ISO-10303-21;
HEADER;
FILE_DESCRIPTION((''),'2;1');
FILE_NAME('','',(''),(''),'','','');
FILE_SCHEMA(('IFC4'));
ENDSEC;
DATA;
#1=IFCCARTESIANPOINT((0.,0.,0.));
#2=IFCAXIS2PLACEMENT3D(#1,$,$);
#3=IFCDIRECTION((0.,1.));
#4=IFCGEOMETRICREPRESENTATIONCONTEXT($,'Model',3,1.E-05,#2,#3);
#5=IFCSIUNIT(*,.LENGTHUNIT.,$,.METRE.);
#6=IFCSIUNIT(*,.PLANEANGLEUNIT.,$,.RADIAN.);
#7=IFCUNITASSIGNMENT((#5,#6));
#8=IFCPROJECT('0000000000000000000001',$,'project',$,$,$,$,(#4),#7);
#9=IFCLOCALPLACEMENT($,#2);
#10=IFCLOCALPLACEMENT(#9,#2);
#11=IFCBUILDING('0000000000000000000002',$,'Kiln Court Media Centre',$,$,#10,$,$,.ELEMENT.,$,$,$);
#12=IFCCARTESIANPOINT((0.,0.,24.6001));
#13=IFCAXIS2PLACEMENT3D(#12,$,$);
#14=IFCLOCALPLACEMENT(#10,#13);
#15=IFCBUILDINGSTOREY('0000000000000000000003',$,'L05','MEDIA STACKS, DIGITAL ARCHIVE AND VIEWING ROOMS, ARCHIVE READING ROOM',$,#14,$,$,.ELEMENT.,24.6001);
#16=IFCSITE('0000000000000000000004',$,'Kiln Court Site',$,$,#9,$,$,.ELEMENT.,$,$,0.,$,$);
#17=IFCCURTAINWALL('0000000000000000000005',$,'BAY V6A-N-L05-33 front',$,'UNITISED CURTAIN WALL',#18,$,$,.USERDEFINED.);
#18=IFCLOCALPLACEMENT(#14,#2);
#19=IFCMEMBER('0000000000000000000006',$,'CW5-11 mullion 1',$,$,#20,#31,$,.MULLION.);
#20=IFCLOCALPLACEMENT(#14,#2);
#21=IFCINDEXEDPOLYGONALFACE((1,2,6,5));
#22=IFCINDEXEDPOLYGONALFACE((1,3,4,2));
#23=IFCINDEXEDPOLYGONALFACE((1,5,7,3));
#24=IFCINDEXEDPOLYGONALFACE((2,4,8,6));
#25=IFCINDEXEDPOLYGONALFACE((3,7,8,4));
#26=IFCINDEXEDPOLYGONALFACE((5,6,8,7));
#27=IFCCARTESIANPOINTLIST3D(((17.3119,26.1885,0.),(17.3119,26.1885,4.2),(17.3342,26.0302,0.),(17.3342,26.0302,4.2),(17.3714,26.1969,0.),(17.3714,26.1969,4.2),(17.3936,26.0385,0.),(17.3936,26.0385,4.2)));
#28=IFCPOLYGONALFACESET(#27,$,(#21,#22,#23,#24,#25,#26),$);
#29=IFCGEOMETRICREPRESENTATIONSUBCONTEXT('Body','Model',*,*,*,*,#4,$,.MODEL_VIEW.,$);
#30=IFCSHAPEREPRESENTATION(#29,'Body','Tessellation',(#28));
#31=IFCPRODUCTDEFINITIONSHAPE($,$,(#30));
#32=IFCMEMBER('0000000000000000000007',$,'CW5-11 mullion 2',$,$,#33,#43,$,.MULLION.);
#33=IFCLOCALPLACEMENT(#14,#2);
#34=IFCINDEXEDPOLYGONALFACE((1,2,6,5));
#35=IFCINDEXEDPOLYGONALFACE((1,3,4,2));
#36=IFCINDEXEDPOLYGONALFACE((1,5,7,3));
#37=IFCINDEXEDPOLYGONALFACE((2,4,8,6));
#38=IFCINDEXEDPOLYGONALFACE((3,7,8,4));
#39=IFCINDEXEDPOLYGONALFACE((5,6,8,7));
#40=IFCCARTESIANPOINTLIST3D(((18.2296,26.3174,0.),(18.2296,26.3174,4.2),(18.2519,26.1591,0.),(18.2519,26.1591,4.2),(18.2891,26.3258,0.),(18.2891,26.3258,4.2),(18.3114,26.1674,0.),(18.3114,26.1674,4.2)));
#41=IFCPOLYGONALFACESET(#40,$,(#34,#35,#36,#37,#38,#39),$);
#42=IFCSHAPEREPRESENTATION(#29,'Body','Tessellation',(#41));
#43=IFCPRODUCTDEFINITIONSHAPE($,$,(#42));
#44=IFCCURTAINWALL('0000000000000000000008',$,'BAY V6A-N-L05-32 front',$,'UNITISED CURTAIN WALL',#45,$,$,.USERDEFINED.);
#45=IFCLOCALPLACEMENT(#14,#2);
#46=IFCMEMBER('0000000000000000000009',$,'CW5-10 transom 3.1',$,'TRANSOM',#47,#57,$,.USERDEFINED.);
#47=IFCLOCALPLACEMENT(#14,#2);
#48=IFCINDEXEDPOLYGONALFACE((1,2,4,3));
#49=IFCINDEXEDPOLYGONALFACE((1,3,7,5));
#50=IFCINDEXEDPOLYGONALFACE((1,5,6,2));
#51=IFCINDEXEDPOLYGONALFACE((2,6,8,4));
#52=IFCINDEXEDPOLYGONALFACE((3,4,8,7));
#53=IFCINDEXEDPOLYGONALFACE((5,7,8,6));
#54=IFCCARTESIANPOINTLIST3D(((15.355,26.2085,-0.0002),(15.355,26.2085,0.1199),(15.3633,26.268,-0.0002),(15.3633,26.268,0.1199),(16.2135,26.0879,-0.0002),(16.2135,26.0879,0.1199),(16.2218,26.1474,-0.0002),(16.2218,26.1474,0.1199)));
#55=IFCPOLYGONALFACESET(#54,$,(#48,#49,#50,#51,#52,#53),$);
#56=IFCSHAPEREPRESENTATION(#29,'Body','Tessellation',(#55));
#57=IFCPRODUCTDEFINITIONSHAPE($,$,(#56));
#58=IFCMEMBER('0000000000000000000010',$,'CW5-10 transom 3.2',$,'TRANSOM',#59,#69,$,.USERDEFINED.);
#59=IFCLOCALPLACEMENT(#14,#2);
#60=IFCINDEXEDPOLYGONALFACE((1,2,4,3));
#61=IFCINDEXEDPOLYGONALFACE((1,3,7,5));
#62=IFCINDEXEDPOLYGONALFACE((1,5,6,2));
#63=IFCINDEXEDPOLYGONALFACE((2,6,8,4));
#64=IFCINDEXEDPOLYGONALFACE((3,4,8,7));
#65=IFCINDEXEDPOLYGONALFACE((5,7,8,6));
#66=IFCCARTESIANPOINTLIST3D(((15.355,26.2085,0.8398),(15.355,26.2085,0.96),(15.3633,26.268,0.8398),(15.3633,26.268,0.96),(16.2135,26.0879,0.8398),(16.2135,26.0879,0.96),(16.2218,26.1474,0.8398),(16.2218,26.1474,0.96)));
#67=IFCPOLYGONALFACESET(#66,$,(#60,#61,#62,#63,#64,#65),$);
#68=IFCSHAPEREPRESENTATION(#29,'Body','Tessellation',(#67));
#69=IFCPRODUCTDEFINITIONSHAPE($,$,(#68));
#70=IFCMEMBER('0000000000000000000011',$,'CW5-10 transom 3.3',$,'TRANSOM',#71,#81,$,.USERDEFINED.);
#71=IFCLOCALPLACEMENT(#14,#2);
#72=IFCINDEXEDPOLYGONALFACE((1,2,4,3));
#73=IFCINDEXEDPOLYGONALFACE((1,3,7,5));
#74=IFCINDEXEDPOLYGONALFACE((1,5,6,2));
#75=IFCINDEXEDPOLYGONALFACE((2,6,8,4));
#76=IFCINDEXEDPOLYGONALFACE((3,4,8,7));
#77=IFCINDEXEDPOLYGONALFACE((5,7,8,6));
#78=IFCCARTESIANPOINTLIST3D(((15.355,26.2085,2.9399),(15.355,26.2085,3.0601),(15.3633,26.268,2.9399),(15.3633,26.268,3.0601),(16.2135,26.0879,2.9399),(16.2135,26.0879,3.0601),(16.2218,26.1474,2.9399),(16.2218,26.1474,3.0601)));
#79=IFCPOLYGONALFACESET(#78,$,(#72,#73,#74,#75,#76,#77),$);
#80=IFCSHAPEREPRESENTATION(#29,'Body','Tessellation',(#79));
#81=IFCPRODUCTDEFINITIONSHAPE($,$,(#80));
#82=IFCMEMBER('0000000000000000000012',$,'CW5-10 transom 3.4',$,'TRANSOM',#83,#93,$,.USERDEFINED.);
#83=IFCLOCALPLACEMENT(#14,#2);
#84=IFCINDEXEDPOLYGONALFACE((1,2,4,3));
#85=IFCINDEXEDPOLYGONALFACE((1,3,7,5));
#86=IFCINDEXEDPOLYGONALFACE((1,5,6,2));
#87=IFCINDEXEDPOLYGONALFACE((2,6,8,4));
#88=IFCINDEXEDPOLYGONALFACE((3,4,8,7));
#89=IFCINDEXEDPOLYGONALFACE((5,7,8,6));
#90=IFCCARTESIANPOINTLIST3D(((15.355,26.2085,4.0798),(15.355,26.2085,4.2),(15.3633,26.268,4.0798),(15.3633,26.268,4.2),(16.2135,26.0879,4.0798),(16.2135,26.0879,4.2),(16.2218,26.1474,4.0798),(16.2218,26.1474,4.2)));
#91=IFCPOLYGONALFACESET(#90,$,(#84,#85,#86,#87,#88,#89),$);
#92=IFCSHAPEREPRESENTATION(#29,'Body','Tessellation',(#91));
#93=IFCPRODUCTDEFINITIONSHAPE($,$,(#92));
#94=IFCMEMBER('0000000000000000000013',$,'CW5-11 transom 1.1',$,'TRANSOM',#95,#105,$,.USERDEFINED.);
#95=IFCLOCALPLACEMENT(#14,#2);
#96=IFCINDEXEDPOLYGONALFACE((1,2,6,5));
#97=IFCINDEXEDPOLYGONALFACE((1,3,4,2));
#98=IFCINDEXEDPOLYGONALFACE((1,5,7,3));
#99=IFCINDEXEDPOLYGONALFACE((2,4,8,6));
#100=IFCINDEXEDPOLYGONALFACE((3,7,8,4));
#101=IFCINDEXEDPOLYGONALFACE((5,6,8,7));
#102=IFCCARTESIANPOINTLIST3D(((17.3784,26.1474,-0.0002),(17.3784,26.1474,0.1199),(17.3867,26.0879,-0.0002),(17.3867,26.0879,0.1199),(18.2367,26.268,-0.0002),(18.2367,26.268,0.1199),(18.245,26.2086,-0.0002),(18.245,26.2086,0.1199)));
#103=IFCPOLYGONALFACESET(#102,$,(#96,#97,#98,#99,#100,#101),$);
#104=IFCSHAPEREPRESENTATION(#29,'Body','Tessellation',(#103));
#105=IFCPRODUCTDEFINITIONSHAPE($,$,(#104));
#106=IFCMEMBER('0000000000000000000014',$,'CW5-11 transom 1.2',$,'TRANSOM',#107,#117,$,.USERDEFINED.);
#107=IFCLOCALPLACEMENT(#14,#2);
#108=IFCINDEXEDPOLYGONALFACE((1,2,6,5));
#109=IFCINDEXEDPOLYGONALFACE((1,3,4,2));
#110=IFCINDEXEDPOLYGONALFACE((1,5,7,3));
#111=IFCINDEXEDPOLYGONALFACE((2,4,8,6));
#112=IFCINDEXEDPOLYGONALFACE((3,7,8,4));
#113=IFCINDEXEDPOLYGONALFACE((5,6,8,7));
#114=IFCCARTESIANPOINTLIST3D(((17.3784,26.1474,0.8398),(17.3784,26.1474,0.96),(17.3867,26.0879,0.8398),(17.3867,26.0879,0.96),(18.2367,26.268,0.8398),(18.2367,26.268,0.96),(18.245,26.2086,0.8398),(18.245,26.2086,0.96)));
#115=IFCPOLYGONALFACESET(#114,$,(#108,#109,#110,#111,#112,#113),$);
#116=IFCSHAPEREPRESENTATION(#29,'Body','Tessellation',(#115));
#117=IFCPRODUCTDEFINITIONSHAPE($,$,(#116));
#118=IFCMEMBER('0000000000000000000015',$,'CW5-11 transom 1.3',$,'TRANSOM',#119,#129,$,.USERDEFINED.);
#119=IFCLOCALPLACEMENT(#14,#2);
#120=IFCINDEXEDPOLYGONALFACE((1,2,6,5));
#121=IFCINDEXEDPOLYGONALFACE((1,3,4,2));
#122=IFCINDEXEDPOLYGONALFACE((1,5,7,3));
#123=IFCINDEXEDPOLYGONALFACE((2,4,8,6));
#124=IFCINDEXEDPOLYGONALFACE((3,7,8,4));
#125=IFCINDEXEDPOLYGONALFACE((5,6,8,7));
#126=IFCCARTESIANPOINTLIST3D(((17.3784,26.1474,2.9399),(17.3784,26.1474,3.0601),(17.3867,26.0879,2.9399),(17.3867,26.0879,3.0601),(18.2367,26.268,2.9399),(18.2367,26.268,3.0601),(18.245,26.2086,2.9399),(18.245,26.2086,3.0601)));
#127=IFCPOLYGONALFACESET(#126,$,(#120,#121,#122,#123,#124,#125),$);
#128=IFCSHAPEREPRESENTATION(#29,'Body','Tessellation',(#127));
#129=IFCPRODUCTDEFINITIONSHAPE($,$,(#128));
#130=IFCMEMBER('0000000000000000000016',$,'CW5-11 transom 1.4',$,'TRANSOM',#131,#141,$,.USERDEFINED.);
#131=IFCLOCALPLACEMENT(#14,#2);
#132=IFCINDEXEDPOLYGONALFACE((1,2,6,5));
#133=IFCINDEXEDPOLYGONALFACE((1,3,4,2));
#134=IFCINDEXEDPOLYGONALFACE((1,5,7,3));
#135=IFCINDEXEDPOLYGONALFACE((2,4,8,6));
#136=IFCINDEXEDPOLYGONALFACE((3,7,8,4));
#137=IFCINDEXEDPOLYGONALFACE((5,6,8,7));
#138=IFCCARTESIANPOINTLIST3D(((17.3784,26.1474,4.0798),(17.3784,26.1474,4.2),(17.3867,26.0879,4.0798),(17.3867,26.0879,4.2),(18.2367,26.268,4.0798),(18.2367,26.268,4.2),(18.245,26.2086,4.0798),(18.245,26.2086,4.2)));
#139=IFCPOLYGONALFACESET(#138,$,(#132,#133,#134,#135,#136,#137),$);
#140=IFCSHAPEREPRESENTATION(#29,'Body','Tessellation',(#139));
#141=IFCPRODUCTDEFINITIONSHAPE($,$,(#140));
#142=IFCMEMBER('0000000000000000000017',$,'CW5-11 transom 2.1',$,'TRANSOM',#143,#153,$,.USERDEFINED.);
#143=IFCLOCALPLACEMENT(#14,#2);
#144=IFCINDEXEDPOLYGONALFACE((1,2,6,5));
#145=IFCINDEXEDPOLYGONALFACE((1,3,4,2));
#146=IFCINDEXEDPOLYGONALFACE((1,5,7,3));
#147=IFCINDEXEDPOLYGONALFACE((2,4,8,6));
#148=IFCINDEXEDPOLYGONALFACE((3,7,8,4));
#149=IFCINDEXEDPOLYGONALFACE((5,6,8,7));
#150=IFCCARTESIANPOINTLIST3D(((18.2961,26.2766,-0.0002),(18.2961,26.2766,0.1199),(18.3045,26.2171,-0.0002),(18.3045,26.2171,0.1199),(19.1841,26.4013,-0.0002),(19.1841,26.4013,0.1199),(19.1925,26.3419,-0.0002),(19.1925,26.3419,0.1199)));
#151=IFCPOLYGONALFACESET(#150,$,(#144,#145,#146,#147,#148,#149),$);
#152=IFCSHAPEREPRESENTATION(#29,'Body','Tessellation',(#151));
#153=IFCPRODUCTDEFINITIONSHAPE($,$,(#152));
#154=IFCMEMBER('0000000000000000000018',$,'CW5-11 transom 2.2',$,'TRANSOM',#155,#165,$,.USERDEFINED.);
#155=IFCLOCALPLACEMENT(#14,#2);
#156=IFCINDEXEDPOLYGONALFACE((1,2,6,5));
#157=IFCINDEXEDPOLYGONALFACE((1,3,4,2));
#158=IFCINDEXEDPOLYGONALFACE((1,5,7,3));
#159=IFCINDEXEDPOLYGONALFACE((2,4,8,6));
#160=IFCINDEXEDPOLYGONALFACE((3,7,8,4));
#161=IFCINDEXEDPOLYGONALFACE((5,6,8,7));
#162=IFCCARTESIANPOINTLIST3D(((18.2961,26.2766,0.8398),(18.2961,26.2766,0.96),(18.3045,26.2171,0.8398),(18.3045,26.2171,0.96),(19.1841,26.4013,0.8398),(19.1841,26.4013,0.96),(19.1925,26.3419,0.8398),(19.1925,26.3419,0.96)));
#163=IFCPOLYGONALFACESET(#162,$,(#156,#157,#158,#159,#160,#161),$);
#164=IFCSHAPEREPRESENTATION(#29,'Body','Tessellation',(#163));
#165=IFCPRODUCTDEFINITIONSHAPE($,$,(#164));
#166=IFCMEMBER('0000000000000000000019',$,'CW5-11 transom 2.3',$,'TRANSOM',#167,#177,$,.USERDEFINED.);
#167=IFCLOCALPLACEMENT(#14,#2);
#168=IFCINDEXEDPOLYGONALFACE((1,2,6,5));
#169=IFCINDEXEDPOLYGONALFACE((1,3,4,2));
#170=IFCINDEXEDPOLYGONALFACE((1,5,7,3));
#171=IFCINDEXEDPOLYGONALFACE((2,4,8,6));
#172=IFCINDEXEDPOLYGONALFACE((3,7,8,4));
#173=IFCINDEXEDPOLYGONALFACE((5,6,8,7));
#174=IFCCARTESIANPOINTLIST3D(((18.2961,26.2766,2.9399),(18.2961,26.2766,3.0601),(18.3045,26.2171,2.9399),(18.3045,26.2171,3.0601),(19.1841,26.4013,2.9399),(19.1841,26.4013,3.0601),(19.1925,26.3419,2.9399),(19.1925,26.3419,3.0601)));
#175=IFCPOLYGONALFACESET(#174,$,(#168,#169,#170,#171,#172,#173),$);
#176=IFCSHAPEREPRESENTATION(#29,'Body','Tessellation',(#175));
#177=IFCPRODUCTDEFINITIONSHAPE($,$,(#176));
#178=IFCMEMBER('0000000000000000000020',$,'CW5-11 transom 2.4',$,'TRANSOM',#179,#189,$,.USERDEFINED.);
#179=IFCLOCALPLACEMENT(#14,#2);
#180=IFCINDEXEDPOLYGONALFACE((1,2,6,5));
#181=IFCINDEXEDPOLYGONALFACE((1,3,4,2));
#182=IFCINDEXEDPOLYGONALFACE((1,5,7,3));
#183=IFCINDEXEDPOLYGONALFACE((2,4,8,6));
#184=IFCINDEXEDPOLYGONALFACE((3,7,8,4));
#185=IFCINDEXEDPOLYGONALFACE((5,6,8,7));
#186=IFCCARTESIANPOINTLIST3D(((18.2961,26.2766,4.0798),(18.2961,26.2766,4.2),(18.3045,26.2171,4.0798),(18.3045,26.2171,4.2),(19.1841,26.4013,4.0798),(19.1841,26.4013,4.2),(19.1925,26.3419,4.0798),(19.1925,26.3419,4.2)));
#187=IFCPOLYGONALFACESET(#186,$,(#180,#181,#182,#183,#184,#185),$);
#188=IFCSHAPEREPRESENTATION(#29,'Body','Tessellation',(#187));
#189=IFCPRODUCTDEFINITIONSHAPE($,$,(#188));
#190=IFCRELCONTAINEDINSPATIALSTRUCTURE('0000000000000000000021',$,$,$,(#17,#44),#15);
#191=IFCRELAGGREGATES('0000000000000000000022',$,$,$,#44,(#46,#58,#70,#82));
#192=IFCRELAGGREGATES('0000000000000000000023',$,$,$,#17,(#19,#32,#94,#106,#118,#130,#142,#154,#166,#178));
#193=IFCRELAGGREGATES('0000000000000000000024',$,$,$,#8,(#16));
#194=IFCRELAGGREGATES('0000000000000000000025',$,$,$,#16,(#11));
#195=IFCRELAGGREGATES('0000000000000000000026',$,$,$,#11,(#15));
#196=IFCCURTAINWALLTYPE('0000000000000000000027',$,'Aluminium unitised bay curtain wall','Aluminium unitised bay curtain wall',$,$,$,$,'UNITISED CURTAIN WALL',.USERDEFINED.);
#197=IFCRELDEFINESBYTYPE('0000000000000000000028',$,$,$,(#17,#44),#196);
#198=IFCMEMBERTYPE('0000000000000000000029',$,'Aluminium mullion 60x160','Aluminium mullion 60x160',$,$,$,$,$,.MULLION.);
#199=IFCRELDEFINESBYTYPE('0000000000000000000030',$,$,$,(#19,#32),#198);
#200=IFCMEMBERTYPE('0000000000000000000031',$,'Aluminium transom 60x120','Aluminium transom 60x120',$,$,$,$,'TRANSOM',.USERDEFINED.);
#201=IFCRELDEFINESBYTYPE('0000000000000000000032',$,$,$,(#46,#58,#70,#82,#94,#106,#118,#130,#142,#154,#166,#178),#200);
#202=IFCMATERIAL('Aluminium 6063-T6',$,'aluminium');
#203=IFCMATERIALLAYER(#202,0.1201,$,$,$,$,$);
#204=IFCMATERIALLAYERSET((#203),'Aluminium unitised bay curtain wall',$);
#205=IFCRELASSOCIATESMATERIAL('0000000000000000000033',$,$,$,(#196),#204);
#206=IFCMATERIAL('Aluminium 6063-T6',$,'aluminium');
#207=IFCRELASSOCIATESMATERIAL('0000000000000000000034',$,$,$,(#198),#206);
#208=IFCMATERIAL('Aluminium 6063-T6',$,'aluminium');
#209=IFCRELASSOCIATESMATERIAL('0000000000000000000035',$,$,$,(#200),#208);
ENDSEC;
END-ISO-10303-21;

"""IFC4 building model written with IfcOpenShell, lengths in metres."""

from ifc_helpers import new_model, si_unit, direction, frame, origin, origin_2d, place, context, subcontext, project, spatial, rectangle, extrude, material, layer, layer_set, material_profile, profile_set, type_object, element, aggregate, save


model = new_model("IFC4")

# Units and contexts
model_context = context("Model", 3, precision=1e-05, world=origin(), true_north=direction((0.0, 1.0)))
body_context = subcontext(model_context, "Body", "Model", "MODEL_VIEW")
ifc_project = project(units=[si_unit("LENGTHUNIT", "METRE"), si_unit("PLANEANGLEUNIT", "RADIAN")], contexts=[model_context])

# Site, building, storey
site_placement = place(None, origin())
site = spatial("IfcSite", under=ifc_project, at=site_placement, Name="Kiln Court Site", CompositionType="ELEMENT", RefElevation=0.0)
building_placement = place(site_placement, origin())
building = spatial("IfcBuilding", under=site, at=building_placement, Name="Kiln Court Media Centre", CompositionType="ELEMENT")
storey_placement = place(building_placement, frame((0.0, 0.0, 24.6001)))
storey = spatial("IfcBuildingStorey", under=building, at=storey_placement, Name="L05", Description="MEDIA STACKS, DIGITAL ARCHIVE AND VIEWING ROOMS, ARCHIVE READING ROOM", CompositionType="ELEMENT", Elevation=24.6001)

# Curtain walls, members
ifc_material_1 = material(Name="Aluminium 6063-T6", Category="aluminium")
ifc_layer_1 = layer(ifc_material_1, 0.1201)
ifc_layer_set_1 = layer_set([ifc_layer_1], Name="Aluminium unitised bay curtain wall")
curtain_wall_type = type_object("IfcCurtainWallType", Name="Aluminium unitised bay curtain wall", Description="Aluminium unitised bay curtain wall", ElementType="UNITISED CURTAIN WALL", PredefinedType="USERDEFINED", material=ifc_layer_set_1)
curtain_wall_1_placement = place(storey_placement, origin())
curtain_wall_1 = element("IfcCurtainWall", 1, at=curtain_wall_1_placement, inside=storey, type_object=curtain_wall_type, Name="BAY V6A-N-L05-33 front", ObjectType="UNITISED CURTAIN WALL", PredefinedType="USERDEFINED")
ifc_material_2 = material(Name="Aluminium 6063-T6", Category="aluminium")
ifc_material_profile_1 = material_profile(ifc_material_2, rectangle(XDim=0.0601, YDim=0.1599, at=origin_2d()), Name="Aluminium mullion 60x160")
ifc_profile_set_1 = profile_set([ifc_material_profile_1], Name="Aluminium 6063-T6")
member_type_1 = type_object("IfcMemberType", Name="Aluminium mullion 60x160", Description="Aluminium mullion 60x160", PredefinedType="MULLION", material=ifc_profile_set_1)
member_1_placement = place(storey_placement, frame((17.3528, 26.1135, 0.0), z_axis=(0.0, 0.0, 1.0), x_axis=(0.99027, 0.139162, 0.0)))
member_1 = element("IfcMember", 2, at=member_1_placement, type_object=member_type_1, Name="CW5-11 mullion 1", PredefinedType="MULLION", context=body_context, shape_type="SweptSolid", body=[
    extrude(rectangle(XDim=0.0601, YDim=0.1599, at=origin_2d()), origin(), (0.0, 0.0, 1.0), 4.2),
])
member_2_placement = place(storey_placement, frame((18.2705, 26.2424, 0.0), z_axis=(0.0, 0.0, 1.0), x_axis=(0.99027, 0.139162, 0.0)))
member_2 = element("IfcMember", 3, at=member_2_placement, type_object=member_type_1, Name="CW5-11 mullion 2", PredefinedType="MULLION", context=body_context, shape_type="SweptSolid", body=[
    extrude(rectangle(XDim=0.0601, YDim=0.1599, at=origin_2d()), origin(), (0.0, 0.0, 1.0), 4.2),
])
curtain_wall_2_placement = place(storey_placement, origin())
curtain_wall_2 = element("IfcCurtainWall", 4, at=curtain_wall_2_placement, inside=storey, type_object=curtain_wall_type, Name="BAY V6A-N-L05-32 front", ObjectType="UNITISED CURTAIN WALL", PredefinedType="USERDEFINED")
ifc_material_3 = material(Name="Aluminium 6063-T6", Category="aluminium")
ifc_material_profile_2 = material_profile(ifc_material_3, rectangle(XDim=0.0601, YDim=0.1201, at=origin_2d()), Name="Aluminium transom 60x120")
ifc_profile_set_2 = profile_set([ifc_material_profile_2], Name="Aluminium 6063-T6")
member_type_2 = type_object("IfcMemberType", Name="Aluminium transom 60x120", Description="Aluminium transom 60x120", ElementType="TRANSOM", PredefinedType="USERDEFINED", material=ifc_profile_set_2)
member_3_placement = place(storey_placement, frame((15.3591, 26.2383, 0.0598), z_axis=(0.990274, -0.139134, 0.0), x_axis=(0.139134, 0.990274, 0.0)))
member_3 = element("IfcMember", 5, at=member_3_placement, type_object=member_type_2, Name="CW5-10 transom 3.1", ObjectType="TRANSOM", PredefinedType="USERDEFINED", context=body_context, shape_type="SweptSolid", body=[
    extrude(rectangle(XDim=0.0601, YDim=0.1201, at=origin_2d()), origin(), (0.0, 0.0, 1.0), 0.8669),
])
member_4_placement = place(storey_placement, frame((15.3591, 26.2383, 0.8999), z_axis=(0.990274, -0.139134, 0.0), x_axis=(0.139134, 0.990274, 0.0)))
member_4 = element("IfcMember", 6, at=member_4_placement, type_object=member_type_2, Name="CW5-10 transom 3.2", ObjectType="TRANSOM", PredefinedType="USERDEFINED", context=body_context, shape_type="SweptSolid", body=[
    extrude(rectangle(XDim=0.0601, YDim=0.1201, at=origin_2d()), origin(), (0.0, 0.0, 1.0), 0.8669),
])
member_5_placement = place(storey_placement, frame((15.3591, 26.2383, 3.0), z_axis=(0.990274, -0.139134, 0.0), x_axis=(0.139134, 0.990274, 0.0)))
member_5 = element("IfcMember", 7, at=member_5_placement, type_object=member_type_2, Name="CW5-10 transom 3.3", ObjectType="TRANSOM", PredefinedType="USERDEFINED", context=body_context, shape_type="SweptSolid", body=[
    extrude(rectangle(XDim=0.0601, YDim=0.1201, at=origin_2d()), origin(), (0.0, 0.0, 1.0), 0.8669),
])
member_6_placement = place(storey_placement, frame((15.3591, 26.2383, 4.1399), z_axis=(0.990274, -0.139134, 0.0), x_axis=(0.139134, 0.990274, 0.0)))
member_6 = element("IfcMember", 8, at=member_6_placement, type_object=member_type_2, Name="CW5-10 transom 3.4", ObjectType="TRANSOM", PredefinedType="USERDEFINED", context=body_context, shape_type="SweptSolid", body=[
    extrude(rectangle(XDim=0.0601, YDim=0.1201, at=origin_2d()), origin(), (0.0, 0.0, 1.0), 0.8669),
])

# Members
member_7_placement = place(storey_placement, frame((17.3826, 26.1177, 0.0598), z_axis=(0.990268, 0.139173, 0.0), x_axis=(-0.139173, 0.990268, 0.0)))
member_7 = element("IfcMember", 9, at=member_7_placement, type_object=member_type_2, Name="CW5-11 transom 1.1", ObjectType="TRANSOM", PredefinedType="USERDEFINED", context=body_context, shape_type="SweptSolid", body=[
    extrude(rectangle(XDim=0.0601, YDim=0.1201, at=origin_2d()), origin(), (0.0, 0.0, 1.0), 0.8667),
])
member_8_placement = place(storey_placement, frame((17.3826, 26.1177, 0.8999), z_axis=(0.990268, 0.139173, 0.0), x_axis=(-0.139173, 0.990268, 0.0)))
member_8 = element("IfcMember", 10, at=member_8_placement, type_object=member_type_2, Name="CW5-11 transom 1.2", ObjectType="TRANSOM", PredefinedType="USERDEFINED", context=body_context, shape_type="SweptSolid", body=[
    extrude(rectangle(XDim=0.0601, YDim=0.1201, at=origin_2d()), origin(), (0.0, 0.0, 1.0), 0.8667),
])
member_9_placement = place(storey_placement, frame((17.3826, 26.1177, 3.0), z_axis=(0.990268, 0.139173, 0.0), x_axis=(-0.139173, 0.990268, 0.0)))
member_9 = element("IfcMember", 11, at=member_9_placement, type_object=member_type_2, Name="CW5-11 transom 1.3", ObjectType="TRANSOM", PredefinedType="USERDEFINED", context=body_context, shape_type="SweptSolid", body=[
    extrude(rectangle(XDim=0.0601, YDim=0.1201, at=origin_2d()), origin(), (0.0, 0.0, 1.0), 0.8667),
])
member_10_placement = place(storey_placement, frame((17.3826, 26.1177, 4.1399), z_axis=(0.990268, 0.139173, 0.0), x_axis=(-0.139173, 0.990268, 0.0)))
member_10 = element("IfcMember", 12, at=member_10_placement, type_object=member_type_2, Name="CW5-11 transom 1.4", ObjectType="TRANSOM", PredefinedType="USERDEFINED", context=body_context, shape_type="SweptSolid", body=[
    extrude(rectangle(XDim=0.0601, YDim=0.1201, at=origin_2d()), origin(), (0.0, 0.0, 1.0), 0.8667),
])
member_11_placement = place(storey_placement, frame((18.3003, 26.2468, 0.0598), z_axis=(0.990274, 0.139134, 0.0), x_axis=(-0.139134, 0.990274, 0.0)))
member_11 = element("IfcMember", 13, at=member_11_placement, type_object=member_type_2, Name="CW5-11 transom 2.1", ObjectType="TRANSOM", PredefinedType="USERDEFINED", context=body_context, shape_type="SweptSolid", body=[
    extrude(rectangle(XDim=0.0601, YDim=0.1201, at=origin_2d()), origin(), (0.0, 0.0, 1.0), 0.8967),
])
member_12_placement = place(storey_placement, frame((18.3003, 26.2468, 0.8999), z_axis=(0.990274, 0.139134, 0.0), x_axis=(-0.139134, 0.990274, 0.0)))
member_12 = element("IfcMember", 14, at=member_12_placement, type_object=member_type_2, Name="CW5-11 transom 2.2", ObjectType="TRANSOM", PredefinedType="USERDEFINED", context=body_context, shape_type="SweptSolid", body=[
    extrude(rectangle(XDim=0.0601, YDim=0.1201, at=origin_2d()), origin(), (0.0, 0.0, 1.0), 0.8967),
])
member_13_placement = place(storey_placement, frame((18.3003, 26.2468, 3.0), z_axis=(0.990274, 0.139134, 0.0), x_axis=(-0.139134, 0.990274, 0.0)))
member_13 = element("IfcMember", 15, at=member_13_placement, type_object=member_type_2, Name="CW5-11 transom 2.3", ObjectType="TRANSOM", PredefinedType="USERDEFINED", context=body_context, shape_type="SweptSolid", body=[
    extrude(rectangle(XDim=0.0601, YDim=0.1201, at=origin_2d()), origin(), (0.0, 0.0, 1.0), 0.8967),
])
member_14_placement = place(storey_placement, frame((18.3003, 26.2468, 4.1399), z_axis=(0.990274, 0.139134, 0.0), x_axis=(-0.139134, 0.990274, 0.0)))
member_14 = element("IfcMember", 16, at=member_14_placement, type_object=member_type_2, Name="CW5-11 transom 2.4", ObjectType="TRANSOM", PredefinedType="USERDEFINED", context=body_context, shape_type="SweptSolid", body=[
    extrude(rectangle(XDim=0.0601, YDim=0.1201, at=origin_2d()), origin(), (0.0, 0.0, 1.0), 0.8967),
])

aggregate(curtain_wall_2, [member_3, member_4, member_5, member_6])
aggregate(curtain_wall_1, [member_1, member_2, member_7, member_8, member_9, member_10, member_11, member_12, member_13, member_14])

save(model, "model.ifc")
